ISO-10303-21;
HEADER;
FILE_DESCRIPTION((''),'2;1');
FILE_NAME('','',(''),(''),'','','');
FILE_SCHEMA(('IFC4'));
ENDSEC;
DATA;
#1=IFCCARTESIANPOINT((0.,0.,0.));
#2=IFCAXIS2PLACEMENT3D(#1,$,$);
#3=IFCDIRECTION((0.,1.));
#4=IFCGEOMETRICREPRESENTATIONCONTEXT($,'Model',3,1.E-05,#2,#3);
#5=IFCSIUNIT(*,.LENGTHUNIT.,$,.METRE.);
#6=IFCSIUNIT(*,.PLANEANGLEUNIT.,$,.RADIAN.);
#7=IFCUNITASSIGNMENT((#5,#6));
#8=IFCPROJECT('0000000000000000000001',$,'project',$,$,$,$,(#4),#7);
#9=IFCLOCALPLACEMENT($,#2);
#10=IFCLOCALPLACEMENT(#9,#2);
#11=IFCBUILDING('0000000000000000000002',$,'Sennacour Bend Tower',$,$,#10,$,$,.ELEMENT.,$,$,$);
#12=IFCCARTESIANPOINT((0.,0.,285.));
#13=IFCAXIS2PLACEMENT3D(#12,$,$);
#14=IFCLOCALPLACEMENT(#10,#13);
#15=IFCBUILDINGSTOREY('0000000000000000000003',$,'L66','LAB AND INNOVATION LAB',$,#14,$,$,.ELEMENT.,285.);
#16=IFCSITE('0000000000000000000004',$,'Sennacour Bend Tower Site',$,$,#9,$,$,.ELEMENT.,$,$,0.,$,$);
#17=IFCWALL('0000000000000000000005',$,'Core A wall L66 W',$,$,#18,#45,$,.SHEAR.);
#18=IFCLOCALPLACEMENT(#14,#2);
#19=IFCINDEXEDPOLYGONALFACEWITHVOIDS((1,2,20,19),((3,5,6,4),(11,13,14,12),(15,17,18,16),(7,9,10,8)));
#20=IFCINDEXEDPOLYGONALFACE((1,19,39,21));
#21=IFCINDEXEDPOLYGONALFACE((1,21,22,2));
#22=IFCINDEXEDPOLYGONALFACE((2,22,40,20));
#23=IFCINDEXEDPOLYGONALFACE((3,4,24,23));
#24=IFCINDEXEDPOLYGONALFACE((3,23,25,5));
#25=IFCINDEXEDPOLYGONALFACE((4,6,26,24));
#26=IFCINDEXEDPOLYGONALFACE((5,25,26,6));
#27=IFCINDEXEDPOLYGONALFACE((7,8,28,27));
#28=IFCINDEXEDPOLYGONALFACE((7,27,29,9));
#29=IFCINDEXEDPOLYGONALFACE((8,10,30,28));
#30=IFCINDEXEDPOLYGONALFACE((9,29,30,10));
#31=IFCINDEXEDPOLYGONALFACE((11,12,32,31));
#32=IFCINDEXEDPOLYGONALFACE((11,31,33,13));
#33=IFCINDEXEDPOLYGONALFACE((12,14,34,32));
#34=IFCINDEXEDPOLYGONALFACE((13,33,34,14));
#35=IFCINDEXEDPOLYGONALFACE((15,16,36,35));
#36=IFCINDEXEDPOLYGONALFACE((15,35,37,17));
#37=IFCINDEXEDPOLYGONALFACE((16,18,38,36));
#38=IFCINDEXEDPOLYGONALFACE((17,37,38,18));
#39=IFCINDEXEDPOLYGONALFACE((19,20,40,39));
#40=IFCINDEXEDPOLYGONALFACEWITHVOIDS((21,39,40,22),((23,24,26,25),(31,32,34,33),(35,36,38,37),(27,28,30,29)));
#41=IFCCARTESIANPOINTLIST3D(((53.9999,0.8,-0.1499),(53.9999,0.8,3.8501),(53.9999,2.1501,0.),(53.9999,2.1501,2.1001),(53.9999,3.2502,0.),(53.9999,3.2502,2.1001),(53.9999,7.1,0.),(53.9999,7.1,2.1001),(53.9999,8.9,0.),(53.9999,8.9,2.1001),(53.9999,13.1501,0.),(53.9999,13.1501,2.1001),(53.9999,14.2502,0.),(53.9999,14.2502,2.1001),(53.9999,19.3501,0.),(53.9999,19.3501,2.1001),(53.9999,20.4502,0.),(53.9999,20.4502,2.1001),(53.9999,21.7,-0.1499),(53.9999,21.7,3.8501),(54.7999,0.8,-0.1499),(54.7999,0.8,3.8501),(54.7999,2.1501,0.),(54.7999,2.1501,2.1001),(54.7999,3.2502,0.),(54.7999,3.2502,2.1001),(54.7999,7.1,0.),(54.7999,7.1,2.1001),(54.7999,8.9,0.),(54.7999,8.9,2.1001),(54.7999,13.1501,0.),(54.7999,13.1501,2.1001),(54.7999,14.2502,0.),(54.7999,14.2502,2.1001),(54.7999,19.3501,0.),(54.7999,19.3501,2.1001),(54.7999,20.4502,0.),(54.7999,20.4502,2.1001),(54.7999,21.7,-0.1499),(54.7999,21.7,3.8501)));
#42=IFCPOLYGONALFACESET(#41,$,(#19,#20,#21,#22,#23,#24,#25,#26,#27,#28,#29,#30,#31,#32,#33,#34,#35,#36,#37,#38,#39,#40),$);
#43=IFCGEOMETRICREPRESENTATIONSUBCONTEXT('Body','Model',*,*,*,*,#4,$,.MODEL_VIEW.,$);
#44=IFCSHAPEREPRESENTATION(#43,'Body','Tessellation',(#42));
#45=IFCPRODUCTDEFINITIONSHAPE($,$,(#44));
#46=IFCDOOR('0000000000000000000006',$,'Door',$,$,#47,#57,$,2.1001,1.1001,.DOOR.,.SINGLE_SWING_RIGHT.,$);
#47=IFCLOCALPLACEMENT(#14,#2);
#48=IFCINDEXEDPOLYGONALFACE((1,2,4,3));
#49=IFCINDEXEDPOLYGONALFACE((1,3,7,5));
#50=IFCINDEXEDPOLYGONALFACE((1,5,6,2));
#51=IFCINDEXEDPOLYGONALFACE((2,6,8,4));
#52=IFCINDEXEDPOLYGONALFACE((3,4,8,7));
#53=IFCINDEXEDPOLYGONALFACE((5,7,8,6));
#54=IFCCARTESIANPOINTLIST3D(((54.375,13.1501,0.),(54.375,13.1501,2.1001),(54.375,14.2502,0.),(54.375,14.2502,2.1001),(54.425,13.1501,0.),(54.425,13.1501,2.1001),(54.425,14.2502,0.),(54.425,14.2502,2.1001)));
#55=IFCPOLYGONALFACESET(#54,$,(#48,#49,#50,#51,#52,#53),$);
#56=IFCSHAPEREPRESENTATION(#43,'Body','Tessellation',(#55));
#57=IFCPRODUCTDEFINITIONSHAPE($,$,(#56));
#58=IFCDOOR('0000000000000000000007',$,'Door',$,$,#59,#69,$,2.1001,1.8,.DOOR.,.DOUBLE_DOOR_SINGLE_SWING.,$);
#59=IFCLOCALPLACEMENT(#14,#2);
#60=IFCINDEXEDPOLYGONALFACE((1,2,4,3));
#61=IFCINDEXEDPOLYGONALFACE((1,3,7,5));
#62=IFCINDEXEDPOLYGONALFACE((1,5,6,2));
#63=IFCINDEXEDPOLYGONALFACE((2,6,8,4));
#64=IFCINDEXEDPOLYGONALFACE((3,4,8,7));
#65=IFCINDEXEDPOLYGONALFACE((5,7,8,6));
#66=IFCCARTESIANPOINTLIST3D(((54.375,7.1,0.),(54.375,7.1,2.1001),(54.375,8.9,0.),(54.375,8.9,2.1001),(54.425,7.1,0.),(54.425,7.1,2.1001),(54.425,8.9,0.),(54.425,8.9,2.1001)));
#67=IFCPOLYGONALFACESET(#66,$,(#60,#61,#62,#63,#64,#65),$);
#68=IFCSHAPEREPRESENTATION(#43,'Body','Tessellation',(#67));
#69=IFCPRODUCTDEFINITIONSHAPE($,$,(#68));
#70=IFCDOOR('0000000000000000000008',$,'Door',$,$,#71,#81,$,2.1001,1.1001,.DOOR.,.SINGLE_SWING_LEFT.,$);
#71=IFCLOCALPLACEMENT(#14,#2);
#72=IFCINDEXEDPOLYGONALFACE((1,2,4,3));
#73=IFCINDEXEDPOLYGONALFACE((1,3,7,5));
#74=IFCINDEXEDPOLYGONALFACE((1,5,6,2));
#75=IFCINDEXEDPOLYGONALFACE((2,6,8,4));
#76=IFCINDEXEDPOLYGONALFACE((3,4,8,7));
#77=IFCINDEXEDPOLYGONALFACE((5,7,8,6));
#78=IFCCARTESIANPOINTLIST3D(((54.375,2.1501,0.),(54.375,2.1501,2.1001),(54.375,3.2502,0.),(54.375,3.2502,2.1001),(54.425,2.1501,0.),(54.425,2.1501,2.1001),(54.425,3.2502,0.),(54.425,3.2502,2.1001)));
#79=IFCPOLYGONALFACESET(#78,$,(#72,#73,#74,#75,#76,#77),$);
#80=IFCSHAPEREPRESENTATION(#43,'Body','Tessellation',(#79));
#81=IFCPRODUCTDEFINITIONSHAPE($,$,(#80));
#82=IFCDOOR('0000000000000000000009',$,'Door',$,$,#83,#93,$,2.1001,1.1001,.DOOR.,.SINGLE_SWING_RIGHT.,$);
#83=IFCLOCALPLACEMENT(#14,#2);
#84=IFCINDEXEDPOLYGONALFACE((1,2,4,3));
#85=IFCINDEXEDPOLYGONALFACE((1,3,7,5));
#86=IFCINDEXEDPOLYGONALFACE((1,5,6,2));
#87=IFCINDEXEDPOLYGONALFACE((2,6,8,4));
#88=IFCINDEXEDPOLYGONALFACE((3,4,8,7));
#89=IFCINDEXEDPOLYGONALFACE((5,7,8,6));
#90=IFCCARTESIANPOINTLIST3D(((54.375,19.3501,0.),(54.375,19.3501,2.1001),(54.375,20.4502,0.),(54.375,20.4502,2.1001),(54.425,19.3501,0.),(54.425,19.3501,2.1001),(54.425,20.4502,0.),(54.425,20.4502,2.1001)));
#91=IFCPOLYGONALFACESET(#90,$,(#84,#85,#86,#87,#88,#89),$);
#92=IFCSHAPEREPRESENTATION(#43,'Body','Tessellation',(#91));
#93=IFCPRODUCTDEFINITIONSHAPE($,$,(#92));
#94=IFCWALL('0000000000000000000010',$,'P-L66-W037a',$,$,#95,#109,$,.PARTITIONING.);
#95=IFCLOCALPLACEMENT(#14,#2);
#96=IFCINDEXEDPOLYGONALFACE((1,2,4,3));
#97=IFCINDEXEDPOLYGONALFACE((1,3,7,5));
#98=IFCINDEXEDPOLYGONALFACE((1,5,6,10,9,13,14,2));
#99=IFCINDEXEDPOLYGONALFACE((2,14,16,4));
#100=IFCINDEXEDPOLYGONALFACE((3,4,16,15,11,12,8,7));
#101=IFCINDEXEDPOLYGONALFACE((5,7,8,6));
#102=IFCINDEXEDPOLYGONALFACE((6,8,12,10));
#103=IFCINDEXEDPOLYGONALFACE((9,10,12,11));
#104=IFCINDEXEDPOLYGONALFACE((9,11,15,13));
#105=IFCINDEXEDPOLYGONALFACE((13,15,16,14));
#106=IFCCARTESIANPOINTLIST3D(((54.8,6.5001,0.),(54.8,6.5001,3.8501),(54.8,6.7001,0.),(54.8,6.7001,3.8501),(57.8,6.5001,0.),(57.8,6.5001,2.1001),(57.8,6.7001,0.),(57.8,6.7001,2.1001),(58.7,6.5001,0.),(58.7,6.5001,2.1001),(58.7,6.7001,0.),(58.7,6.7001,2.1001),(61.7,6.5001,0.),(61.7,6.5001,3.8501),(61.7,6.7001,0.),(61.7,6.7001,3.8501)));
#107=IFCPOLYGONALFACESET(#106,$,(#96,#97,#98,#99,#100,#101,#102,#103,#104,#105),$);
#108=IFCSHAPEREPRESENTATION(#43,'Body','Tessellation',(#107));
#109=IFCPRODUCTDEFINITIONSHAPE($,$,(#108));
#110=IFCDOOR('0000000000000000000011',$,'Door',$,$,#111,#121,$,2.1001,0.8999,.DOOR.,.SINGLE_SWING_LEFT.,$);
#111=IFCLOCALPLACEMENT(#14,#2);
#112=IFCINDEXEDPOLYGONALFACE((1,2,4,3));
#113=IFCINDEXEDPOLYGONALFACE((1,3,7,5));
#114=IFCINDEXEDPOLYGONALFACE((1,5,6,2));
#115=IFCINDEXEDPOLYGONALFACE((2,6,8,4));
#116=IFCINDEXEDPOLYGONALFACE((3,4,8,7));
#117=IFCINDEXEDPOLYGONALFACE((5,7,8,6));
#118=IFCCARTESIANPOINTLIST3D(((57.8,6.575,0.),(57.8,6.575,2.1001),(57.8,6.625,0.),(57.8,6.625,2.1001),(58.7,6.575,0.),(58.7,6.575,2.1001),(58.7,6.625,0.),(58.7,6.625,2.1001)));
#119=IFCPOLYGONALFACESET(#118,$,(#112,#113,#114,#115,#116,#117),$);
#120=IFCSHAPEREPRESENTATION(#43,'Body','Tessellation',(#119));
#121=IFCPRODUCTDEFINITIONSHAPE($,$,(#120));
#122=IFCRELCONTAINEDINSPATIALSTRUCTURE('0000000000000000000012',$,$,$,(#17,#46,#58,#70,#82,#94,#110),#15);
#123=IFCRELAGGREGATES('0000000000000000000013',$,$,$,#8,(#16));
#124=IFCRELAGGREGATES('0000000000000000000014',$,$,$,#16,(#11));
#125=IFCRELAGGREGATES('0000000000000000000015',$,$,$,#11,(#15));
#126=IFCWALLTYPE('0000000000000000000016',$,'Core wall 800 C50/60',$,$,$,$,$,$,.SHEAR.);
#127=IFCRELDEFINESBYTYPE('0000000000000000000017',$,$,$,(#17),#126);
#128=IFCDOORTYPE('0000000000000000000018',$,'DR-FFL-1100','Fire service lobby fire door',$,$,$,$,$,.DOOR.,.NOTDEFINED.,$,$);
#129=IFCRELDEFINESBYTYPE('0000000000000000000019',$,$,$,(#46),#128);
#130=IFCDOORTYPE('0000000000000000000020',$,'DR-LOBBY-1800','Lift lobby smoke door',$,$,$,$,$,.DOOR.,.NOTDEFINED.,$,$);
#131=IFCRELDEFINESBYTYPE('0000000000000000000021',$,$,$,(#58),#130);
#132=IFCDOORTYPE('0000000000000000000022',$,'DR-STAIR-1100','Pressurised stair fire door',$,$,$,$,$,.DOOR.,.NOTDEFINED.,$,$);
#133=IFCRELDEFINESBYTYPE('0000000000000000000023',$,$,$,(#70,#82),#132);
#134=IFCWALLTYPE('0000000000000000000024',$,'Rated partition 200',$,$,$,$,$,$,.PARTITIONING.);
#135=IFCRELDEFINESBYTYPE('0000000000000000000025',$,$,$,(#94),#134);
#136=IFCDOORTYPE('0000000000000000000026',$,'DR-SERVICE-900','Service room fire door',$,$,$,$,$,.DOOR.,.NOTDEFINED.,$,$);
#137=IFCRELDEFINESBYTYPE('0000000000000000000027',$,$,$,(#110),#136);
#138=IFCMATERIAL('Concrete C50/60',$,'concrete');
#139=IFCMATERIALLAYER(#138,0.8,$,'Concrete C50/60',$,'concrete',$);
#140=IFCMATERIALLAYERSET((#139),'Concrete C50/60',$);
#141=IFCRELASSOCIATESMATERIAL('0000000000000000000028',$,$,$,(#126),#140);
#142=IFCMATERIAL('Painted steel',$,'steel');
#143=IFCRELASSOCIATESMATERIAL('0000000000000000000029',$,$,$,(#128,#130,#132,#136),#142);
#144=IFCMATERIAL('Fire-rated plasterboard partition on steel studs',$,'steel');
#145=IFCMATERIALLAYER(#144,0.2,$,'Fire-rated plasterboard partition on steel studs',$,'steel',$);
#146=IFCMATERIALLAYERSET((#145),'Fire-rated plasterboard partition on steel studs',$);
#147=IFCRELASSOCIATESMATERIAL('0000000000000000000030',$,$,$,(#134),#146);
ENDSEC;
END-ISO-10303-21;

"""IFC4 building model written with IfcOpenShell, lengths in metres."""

from ifc_helpers import new_model, si_unit, direction, frame, frame_2d, origin, place, context, subcontext, project, spatial, rectangle, extrude, material, layer, layer_set, type_object, element, fill, save


model = new_model("IFC4")

# Units and contexts
model_context = context("Model", 3, precision=1e-05, world=origin(), true_north=direction((0.0, 1.0)))
body_context = subcontext(model_context, "Body", "Model", "MODEL_VIEW")
ifc_project = project(units=[si_unit("LENGTHUNIT", "METRE"), si_unit("PLANEANGLEUNIT", "RADIAN")], contexts=[model_context])

# Site, building, storey
site_placement = place(None, origin())
site = spatial("IfcSite", under=ifc_project, at=site_placement, Name="Sennacour Bend Tower Site", CompositionType="ELEMENT", RefElevation=0.0)
building_placement = place(site_placement, origin())
building = spatial("IfcBuilding", under=site, at=building_placement, Name="Sennacour Bend Tower", CompositionType="ELEMENT")
storey_placement = place(building_placement, frame((0.0, 0.0, 285.0)))
storey = spatial("IfcBuildingStorey", under=building, at=storey_placement, Name="L66", Description="LAB AND INNOVATION LAB", CompositionType="ELEMENT", Elevation=285.0)

# Wall, openings, doors
ifc_material_1 = material(Name="Concrete C50/60", Category="concrete")
ifc_layer_1 = layer(ifc_material_1, 0.8, Name="Concrete C50/60", Category="concrete")
ifc_layer_set_1 = layer_set([ifc_layer_1], Name="Concrete C50/60")
wall_type_1 = type_object("IfcWallType", Name="Core wall 800 C50/60", PredefinedType="SHEAR", material=ifc_layer_set_1)
wall_1_placement = place(storey_placement, frame((54.3999, 0.8, -0.1499), z_axis=(0.0, 0.0, 1.0), x_axis=(0.0, 1.0, 0.0)))
wall_1 = element("IfcWall", 1, at=wall_1_placement, inside=storey, type_object=wall_type_1, Name="Core A wall L66 W", PredefinedType="SHEAR", context=body_context, shape_type="SweptSolid", body=[
    extrude(rectangle(XDim=20.8999, YDim=0.8, at=frame_2d((10.45, 0.0))), origin(), (0.0, 0.0, 1.0), 4.0),
])
opening_1_placement = place(wall_1_placement, frame((6.3, 0.0, 0.1499)))
opening_1 = element("IfcOpeningElement", 2, at=opening_1_placement, cuts=wall_1, PredefinedType="OPENING", context=body_context, shape_type="SweptSolid", body=[
    extrude(rectangle(XDim=1.8, YDim=2.1001, at=frame_2d((0.8999, 1.05))), frame((0.0, 0.4102, 0.0), z_axis=(0.0, -1.0, 0.0), x_axis=(1.0, 0.0, 0.0)), (0.0, 0.0, 1.0), 0.8201),
])
opening_2_placement = place(wall_1_placement, frame((12.3501, 0.0, 0.1499)))
opening_2 = element("IfcOpeningElement", 3, at=opening_2_placement, cuts=wall_1, PredefinedType="OPENING", context=body_context, shape_type="SweptSolid", body=[
    extrude(rectangle(XDim=1.1001, YDim=2.1001, at=frame_2d((0.55, 1.05))), frame((0.0, 0.4102, 0.0), z_axis=(0.0, -1.0, 0.0), x_axis=(1.0, 0.0, 0.0)), (0.0, 0.0, 1.0), 0.8201),
])
opening_3_placement = place(wall_1_placement, frame((1.3501, 0.0, 0.1499)))
opening_3 = element("IfcOpeningElement", 4, at=opening_3_placement, cuts=wall_1, PredefinedType="OPENING", context=body_context, shape_type="SweptSolid", body=[
    extrude(rectangle(XDim=1.1001, YDim=2.1001, at=frame_2d((0.55, 1.05))), frame((0.0, 0.4102, 0.0), z_axis=(0.0, -1.0, 0.0), x_axis=(1.0, 0.0, 0.0)), (0.0, 0.0, 1.0), 0.8201),
])
opening_4_placement = place(wall_1_placement, frame((18.55, 0.0, 0.1499)))
opening_4 = element("IfcOpeningElement", 5, at=opening_4_placement, cuts=wall_1, PredefinedType="OPENING", context=body_context, shape_type="SweptSolid", body=[
    extrude(rectangle(XDim=1.1001, YDim=2.1001, at=frame_2d((0.55, 1.05))), frame((0.0, 0.4102, 0.0), z_axis=(0.0, -1.0, 0.0), x_axis=(1.0, 0.0, 0.0)), (0.0, 0.0, 1.0), 0.8201),
])
ifc_material_2 = material(Name="Painted steel", Category="steel")
door_type_1 = type_object("IfcDoorType", Name="DR-FFL-1100", Description="Fire service lobby fire door", OperationType="NOTDEFINED", PredefinedType="DOOR", material=ifc_material_2)
door_1_placement = place(opening_2_placement, origin())
door_1 = element("IfcDoor", 6, at=door_1_placement, inside=storey, type_object=door_type_1, Name="Door", OperationType="SINGLE_SWING_RIGHT", OverallHeight=2.1001, OverallWidth=1.1001, PredefinedType="DOOR", context=body_context, shape_type="SweptSolid", body=[
    extrude(rectangle(XDim=1.1001, YDim=2.1001, at=frame_2d((0.55, 1.05))), frame((0.0, 0.0249, 0.0), z_axis=(0.0, -1.0, 0.0), x_axis=(1.0, 0.0, 0.0)), (0.0, 0.0, 1.0), 0.05),
])
fill(opening_2, door_1)
door_type_2 = type_object("IfcDoorType", Name="DR-LOBBY-1800", Description="Lift lobby smoke door", OperationType="NOTDEFINED", PredefinedType="DOOR", material=ifc_material_2)
door_2_placement = place(opening_1_placement, origin())
door_2 = element("IfcDoor", 7, at=door_2_placement, inside=storey, type_object=door_type_2, Name="Door", OperationType="DOUBLE_DOOR_SINGLE_SWING", OverallHeight=2.1001, OverallWidth=1.8, PredefinedType="DOOR", context=body_context, shape_type="SweptSolid", body=[
    extrude(rectangle(XDim=1.8, YDim=2.1001, at=frame_2d((0.8999, 1.05))), frame((0.0, 0.0249, 0.0), z_axis=(0.0, -1.0, 0.0), x_axis=(1.0, 0.0, 0.0)), (0.0, 0.0, 1.0), 0.05),
])
fill(opening_1, door_2)
door_type_3 = type_object("IfcDoorType", Name="DR-STAIR-1100", Description="Pressurised stair fire door", OperationType="NOTDEFINED", PredefinedType="DOOR", material=ifc_material_2)
door_3_placement = place(opening_3_placement, origin())
door_3 = element("IfcDoor", 8, at=door_3_placement, inside=storey, type_object=door_type_3, Name="Door", OperationType="SINGLE_SWING_LEFT", OverallHeight=2.1001, OverallWidth=1.1001, PredefinedType="DOOR", context=body_context, shape_type="SweptSolid", body=[
    extrude(rectangle(XDim=1.1001, YDim=2.1001, at=frame_2d((0.55, 1.05))), frame((0.0, 0.0249, 0.0), z_axis=(0.0, -1.0, 0.0), x_axis=(1.0, 0.0, 0.0)), (0.0, 0.0, 1.0), 0.05),
])
fill(opening_3, door_3)
door_4_placement = place(opening_4_placement, origin())
door_4 = element("IfcDoor", 9, at=door_4_placement, inside=storey, type_object=door_type_3, Name="Door", OperationType="SINGLE_SWING_RIGHT", OverallHeight=2.1001, OverallWidth=1.1001, PredefinedType="DOOR", context=body_context, shape_type="SweptSolid", body=[
    extrude(rectangle(XDim=1.1001, YDim=2.1001, at=frame_2d((0.55, 1.05))), frame((0.0, 0.0249, 0.0), z_axis=(0.0, -1.0, 0.0), x_axis=(1.0, 0.0, 0.0)), (0.0, 0.0, 1.0), 0.05),
])
fill(opening_4, door_4)

# Wall, opening, door
ifc_material_3 = material(Name="Fire-rated plasterboard partition on steel studs", Category="steel")
ifc_layer_2 = layer(ifc_material_3, 0.2, Name="Fire-rated plasterboard partition on steel studs", Category="steel")
ifc_layer_set_2 = layer_set([ifc_layer_2], Name="Fire-rated plasterboard partition on steel studs")
wall_type_2 = type_object("IfcWallType", Name="Rated partition 200", PredefinedType="PARTITIONING", material=ifc_layer_set_2)
wall_2_placement = place(storey_placement, frame((54.8, 6.6001, 0.0), z_axis=(0.0, 0.0, 1.0), x_axis=(1.0, 0.0, 0.0)))
wall_2 = element("IfcWall", 10, at=wall_2_placement, inside=storey, type_object=wall_type_2, Name="P-L66-W037a", PredefinedType="PARTITIONING", context=body_context, shape_type="SweptSolid", body=[
    extrude(rectangle(XDim=6.8999, YDim=0.2, at=frame_2d((3.45, 0.0))), origin(), (0.0, 0.0, 1.0), 3.8501),
])
opening_5_placement = place(wall_2_placement, frame((3.0, 0.0, 0.0)))
opening_5 = element("IfcOpeningElement", 11, at=opening_5_placement, cuts=wall_2, PredefinedType="OPENING", context=body_context, shape_type="SweptSolid", body=[
    extrude(rectangle(XDim=0.8999, YDim=2.1001, at=frame_2d((0.45, 1.05))), frame((0.0, 0.1099, 0.0), z_axis=(0.0, -1.0, 0.0), x_axis=(1.0, 0.0, 0.0)), (0.0, 0.0, 1.0), 0.22),
])
door_type_4 = type_object("IfcDoorType", Name="DR-SERVICE-900", Description="Service room fire door", OperationType="NOTDEFINED", PredefinedType="DOOR", material=ifc_material_2)
door_5_placement = place(opening_5_placement, origin())
door_5 = element("IfcDoor", 12, at=door_5_placement, inside=storey, type_object=door_type_4, Name="Door", OperationType="SINGLE_SWING_LEFT", OverallHeight=2.1001, OverallWidth=0.8999, PredefinedType="DOOR", context=body_context, shape_type="SweptSolid", body=[
    extrude(rectangle(XDim=0.8999, YDim=2.1001, at=frame_2d((0.45, 1.05))), frame((0.0, 0.0249, 0.0), z_axis=(0.0, -1.0, 0.0), x_axis=(1.0, 0.0, 0.0)), (0.0, 0.0, 1.0), 0.05),
])
fill(opening_5, door_5)

save(model, "model.ifc")
